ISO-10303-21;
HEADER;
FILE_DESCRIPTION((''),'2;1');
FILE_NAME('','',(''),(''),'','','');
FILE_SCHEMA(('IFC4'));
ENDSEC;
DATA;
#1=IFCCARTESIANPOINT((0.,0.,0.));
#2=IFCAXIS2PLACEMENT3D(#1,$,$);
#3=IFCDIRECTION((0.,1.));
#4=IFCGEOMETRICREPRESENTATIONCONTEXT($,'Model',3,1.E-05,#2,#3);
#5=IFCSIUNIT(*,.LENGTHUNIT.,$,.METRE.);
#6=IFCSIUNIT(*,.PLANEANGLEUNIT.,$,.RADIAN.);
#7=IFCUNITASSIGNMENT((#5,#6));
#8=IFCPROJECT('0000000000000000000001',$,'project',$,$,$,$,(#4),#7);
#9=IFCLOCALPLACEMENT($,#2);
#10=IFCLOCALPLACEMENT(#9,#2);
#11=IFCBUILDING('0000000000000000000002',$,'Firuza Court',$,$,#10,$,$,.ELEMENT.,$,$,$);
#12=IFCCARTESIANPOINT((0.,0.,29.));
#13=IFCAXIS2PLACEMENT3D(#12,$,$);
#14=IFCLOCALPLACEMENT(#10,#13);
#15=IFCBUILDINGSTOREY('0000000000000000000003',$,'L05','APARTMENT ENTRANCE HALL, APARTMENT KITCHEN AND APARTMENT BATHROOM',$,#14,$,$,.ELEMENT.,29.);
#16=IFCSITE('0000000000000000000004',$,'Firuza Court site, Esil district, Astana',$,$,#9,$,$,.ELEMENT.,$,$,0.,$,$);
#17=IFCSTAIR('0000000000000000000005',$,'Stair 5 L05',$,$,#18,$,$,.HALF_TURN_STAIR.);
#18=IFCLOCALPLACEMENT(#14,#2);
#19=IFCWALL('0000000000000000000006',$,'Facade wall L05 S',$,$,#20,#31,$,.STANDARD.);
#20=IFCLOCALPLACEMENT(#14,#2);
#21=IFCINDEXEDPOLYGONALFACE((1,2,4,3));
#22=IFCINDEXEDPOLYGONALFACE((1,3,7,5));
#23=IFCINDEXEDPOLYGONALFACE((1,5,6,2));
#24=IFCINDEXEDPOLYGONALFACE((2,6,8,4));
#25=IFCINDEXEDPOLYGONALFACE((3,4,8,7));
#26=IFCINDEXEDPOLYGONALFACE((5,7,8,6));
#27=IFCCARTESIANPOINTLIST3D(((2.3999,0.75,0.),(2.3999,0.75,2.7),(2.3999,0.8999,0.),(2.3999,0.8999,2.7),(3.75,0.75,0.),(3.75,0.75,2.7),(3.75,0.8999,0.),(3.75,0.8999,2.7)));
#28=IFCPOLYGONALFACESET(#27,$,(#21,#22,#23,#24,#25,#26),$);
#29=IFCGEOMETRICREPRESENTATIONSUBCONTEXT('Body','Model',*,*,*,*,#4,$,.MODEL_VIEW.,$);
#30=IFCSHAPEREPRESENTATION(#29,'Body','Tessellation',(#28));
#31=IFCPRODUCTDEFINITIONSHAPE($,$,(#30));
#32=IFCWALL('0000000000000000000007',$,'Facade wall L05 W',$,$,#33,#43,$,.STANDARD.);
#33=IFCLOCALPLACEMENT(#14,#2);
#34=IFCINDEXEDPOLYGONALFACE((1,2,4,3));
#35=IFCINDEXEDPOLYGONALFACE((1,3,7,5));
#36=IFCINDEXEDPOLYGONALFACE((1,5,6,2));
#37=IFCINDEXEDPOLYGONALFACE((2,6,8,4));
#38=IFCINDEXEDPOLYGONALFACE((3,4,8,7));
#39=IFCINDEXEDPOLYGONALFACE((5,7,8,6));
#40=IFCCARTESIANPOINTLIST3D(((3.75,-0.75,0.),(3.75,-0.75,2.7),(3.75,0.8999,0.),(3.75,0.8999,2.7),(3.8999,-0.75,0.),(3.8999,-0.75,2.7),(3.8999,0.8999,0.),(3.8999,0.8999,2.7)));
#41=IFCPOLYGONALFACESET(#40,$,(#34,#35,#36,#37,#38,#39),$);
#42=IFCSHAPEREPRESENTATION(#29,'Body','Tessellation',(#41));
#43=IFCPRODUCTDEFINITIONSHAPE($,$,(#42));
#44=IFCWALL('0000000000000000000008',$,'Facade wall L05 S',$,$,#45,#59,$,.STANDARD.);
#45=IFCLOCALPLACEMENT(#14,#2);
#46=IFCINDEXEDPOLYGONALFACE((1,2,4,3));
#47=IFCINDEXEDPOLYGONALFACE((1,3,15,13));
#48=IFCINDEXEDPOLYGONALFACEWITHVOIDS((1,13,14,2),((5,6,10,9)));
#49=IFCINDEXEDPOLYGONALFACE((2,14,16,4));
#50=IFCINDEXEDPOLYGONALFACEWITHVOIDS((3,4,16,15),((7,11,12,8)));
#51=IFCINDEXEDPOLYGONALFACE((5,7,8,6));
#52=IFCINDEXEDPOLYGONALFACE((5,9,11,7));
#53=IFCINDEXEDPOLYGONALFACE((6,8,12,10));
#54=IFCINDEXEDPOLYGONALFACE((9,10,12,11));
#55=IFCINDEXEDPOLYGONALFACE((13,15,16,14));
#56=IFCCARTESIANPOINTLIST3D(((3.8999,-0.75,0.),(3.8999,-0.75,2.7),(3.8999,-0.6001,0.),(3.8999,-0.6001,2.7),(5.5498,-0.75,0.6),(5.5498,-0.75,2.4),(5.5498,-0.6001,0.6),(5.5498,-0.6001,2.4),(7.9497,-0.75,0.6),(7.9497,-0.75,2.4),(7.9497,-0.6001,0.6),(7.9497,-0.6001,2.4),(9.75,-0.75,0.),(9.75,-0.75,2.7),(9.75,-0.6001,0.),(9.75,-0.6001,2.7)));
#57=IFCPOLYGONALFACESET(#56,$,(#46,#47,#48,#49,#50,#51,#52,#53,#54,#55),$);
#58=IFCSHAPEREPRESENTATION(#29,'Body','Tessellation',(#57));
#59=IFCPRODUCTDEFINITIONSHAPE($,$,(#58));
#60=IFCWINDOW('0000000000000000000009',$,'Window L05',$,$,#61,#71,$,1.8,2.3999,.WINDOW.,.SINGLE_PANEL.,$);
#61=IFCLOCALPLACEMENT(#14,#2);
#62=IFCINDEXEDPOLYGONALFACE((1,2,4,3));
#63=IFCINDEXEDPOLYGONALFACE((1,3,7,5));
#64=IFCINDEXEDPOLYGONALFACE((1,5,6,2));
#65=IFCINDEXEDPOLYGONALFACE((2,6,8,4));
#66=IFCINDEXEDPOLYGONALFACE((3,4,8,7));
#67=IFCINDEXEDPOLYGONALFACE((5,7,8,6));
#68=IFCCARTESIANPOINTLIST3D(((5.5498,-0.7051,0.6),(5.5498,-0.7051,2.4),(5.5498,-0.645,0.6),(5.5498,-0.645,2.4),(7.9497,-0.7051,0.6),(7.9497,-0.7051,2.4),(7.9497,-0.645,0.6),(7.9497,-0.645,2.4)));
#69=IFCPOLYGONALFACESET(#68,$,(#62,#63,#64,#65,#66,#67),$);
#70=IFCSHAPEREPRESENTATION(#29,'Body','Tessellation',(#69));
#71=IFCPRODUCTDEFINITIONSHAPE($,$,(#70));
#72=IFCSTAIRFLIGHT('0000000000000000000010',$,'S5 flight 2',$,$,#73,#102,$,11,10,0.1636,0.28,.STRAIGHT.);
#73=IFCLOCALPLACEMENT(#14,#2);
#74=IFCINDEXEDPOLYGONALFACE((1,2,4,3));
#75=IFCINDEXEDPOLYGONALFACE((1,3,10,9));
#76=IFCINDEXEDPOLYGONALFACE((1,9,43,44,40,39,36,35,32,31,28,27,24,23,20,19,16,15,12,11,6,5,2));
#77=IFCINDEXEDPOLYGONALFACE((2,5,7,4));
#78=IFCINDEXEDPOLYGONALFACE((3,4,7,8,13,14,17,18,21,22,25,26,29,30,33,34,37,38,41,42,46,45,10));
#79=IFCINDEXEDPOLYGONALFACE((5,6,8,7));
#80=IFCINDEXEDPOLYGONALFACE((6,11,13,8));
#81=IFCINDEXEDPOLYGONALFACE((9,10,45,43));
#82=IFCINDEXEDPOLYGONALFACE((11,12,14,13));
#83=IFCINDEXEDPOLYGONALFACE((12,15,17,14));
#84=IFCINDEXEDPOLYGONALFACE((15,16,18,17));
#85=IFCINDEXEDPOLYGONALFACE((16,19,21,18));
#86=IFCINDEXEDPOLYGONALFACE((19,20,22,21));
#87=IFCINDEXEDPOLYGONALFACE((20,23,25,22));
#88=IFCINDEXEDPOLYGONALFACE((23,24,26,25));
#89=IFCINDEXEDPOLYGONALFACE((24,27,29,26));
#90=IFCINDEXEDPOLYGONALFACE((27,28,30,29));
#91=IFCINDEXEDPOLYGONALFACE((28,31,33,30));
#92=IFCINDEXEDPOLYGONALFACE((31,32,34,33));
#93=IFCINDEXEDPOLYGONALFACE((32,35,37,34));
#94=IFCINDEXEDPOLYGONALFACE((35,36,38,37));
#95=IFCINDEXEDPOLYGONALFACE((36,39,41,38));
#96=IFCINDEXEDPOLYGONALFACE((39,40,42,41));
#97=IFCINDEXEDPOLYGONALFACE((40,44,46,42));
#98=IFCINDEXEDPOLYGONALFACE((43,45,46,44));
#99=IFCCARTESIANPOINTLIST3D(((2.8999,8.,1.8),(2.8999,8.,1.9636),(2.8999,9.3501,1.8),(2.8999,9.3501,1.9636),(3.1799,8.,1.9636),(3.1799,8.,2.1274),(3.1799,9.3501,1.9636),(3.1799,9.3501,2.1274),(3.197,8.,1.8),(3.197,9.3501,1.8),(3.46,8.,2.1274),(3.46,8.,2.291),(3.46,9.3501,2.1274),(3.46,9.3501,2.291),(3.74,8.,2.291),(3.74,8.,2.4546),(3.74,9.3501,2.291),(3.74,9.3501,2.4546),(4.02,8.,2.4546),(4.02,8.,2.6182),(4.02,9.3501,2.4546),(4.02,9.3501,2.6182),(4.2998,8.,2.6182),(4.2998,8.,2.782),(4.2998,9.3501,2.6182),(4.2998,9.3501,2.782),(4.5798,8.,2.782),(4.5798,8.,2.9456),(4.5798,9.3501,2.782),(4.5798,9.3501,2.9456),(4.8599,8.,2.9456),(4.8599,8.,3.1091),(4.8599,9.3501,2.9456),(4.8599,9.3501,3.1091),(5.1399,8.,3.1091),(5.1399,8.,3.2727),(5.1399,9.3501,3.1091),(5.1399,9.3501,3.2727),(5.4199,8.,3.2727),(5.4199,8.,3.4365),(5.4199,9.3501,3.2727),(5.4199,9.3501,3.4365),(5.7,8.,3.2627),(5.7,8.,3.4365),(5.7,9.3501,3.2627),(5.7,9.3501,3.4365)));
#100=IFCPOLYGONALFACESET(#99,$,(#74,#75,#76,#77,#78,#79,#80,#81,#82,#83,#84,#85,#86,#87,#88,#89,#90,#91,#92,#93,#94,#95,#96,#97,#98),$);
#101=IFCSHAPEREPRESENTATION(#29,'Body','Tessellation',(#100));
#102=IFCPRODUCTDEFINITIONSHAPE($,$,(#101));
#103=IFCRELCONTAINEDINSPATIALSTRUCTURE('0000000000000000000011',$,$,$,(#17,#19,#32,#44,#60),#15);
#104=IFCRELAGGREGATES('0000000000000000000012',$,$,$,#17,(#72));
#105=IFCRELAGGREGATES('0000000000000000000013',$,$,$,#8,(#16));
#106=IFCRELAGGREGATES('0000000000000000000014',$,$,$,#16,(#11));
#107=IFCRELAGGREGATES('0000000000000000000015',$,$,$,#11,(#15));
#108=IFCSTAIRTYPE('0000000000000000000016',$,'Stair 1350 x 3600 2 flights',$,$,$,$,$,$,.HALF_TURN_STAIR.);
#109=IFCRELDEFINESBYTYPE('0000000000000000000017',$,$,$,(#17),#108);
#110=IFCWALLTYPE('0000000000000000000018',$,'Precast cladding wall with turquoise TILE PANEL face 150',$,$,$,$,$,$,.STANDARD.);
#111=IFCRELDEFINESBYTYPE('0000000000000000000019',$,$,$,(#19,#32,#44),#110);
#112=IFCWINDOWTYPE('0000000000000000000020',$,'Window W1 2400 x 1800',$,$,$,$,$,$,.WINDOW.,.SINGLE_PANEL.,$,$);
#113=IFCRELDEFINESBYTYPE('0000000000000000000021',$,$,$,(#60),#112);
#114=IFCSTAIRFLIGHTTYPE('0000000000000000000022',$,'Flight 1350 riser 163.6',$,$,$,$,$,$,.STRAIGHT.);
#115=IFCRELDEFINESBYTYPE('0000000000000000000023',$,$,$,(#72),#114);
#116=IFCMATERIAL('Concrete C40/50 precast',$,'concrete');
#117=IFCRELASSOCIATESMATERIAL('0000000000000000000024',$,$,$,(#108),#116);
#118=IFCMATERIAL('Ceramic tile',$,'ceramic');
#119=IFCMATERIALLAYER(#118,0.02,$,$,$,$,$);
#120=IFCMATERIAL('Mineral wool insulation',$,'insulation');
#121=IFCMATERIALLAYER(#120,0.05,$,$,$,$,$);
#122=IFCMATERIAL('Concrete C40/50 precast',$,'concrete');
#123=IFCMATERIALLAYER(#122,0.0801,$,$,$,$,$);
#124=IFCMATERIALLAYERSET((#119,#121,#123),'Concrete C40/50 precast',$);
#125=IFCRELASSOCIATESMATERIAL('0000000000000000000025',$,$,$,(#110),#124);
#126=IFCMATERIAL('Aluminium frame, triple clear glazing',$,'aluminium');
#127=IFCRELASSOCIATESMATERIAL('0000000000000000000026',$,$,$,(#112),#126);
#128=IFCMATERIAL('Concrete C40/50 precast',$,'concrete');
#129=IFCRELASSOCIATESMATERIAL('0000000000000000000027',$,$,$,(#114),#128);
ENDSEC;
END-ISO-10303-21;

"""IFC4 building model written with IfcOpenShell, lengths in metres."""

from ifc_helpers import new_model, si_unit, direction, frame, frame_2d, origin, place, context, subcontext, project, spatial, polyline, rectangle, outline, extrude, material, layer, layer_set, type_object, element, fill, aggregate, save


model = new_model("IFC4")

# Units and contexts
model_context = context("Model", 3, precision=1e-05, world=origin(), true_north=direction((0.0, 1.0)))
body_context = subcontext(model_context, "Body", "Model", "MODEL_VIEW")
ifc_project = project(units=[si_unit("LENGTHUNIT", "METRE"), si_unit("PLANEANGLEUNIT", "RADIAN")], contexts=[model_context])

# Site, building, storey
site_placement = place(None, origin())
site = spatial("IfcSite", under=ifc_project, at=site_placement, Name="Firuza Court site, Esil district, Astana", CompositionType="ELEMENT", RefElevation=0.0)
building_placement = place(site_placement, origin())
building = spatial("IfcBuilding", under=site, at=building_placement, Name="Firuza Court", CompositionType="ELEMENT")
storey_placement = place(building_placement, frame((0.0, 0.0, 29.0)))
storey = spatial("IfcBuildingStorey", under=building, at=storey_placement, Name="L05", Description="APARTMENT ENTRANCE HALL, APARTMENT KITCHEN AND APARTMENT BATHROOM", CompositionType="ELEMENT", Elevation=29.0)

# Stair
ifc_material_1 = material(Name="Concrete C40/50 precast", Category="concrete")
stair_type = type_object("IfcStairType", Name="Stair 1350 x 3600 2 flights", PredefinedType="HALF_TURN_STAIR", material=ifc_material_1)
ifc_material_2 = material(Name="Concrete C40/50 precast", Category="concrete")
stair_1_placement = place(storey_placement, origin())
stair_1 = element("IfcStair", 1, at=stair_1_placement, inside=storey, type_object=stair_type, Name="Stair 5 L05", PredefinedType="HALF_TURN_STAIR")

# Walls
ifc_material_3 = material(Name="Ceramic tile", Category="ceramic")
ifc_layer_1 = layer(ifc_material_3, 0.02)
ifc_material_4 = material(Name="Mineral wool insulation", Category="insulation")
ifc_layer_2 = layer(ifc_material_4, 0.05)
ifc_layer_3 = layer(ifc_material_2, 0.0801)
ifc_layer_set_1 = layer_set([ifc_layer_1, ifc_layer_2, ifc_layer_3], Name="Concrete C40/50 precast")
wall_type_1 = type_object("IfcWallType", Name="Precast cladding wall with turquoise TILE PANEL face 150", PredefinedType="STANDARD", material=ifc_layer_set_1)
wall_1_placement = place(storey_placement, frame((2.3999, 0.825, 0.0), z_axis=(0.0, 0.0, 1.0), x_axis=(1.0, 0.0, 0.0)))
element("IfcWall", 2, at=wall_1_placement, inside=storey, type_object=wall_type_1, Name="Facade wall L05 S", PredefinedType="STANDARD", context=body_context, shape_type="SweptSolid", body=[
    extrude(rectangle(XDim=1.3501, YDim=0.1499, at=frame_2d((0.675, 0.0))), origin(), (0.0, 0.0, 1.0), 2.7),
])
wall_2_placement = place(storey_placement, frame((3.825, 0.8999, 0.0), z_axis=(0.0, 0.0, 1.0), x_axis=(0.0, -1.0, 0.0)))
element("IfcWall", 3, at=wall_2_placement, inside=storey, type_object=wall_type_1, Name="Facade wall L05 W", PredefinedType="STANDARD", context=body_context, shape_type="SweptSolid", body=[
    extrude(rectangle(XDim=1.6499, YDim=0.1499, at=frame_2d((0.825, 0.0))), origin(), (0.0, 0.0, 1.0), 2.7),
])

# Wall, opening, window
wall_3_placement = place(storey_placement, frame((3.8999, -0.675, 0.0), z_axis=(0.0, 0.0, 1.0), x_axis=(1.0, 0.0, 0.0)))
wall_3 = element("IfcWall", 4, at=wall_3_placement, inside=storey, type_object=wall_type_1, Name="Facade wall L05 S", PredefinedType="STANDARD", context=body_context, shape_type="SweptSolid", body=[
    extrude(rectangle(XDim=5.8501, YDim=0.1499, at=frame_2d((2.925, 0.0))), origin(), (0.0, 0.0, 1.0), 2.7),
])
opening_placement = place(wall_3_placement, frame((1.6499, 0.0, 0.6001)))
opening = element("IfcOpeningElement", 5, at=opening_placement, cuts=wall_3, PredefinedType="OPENING", context=body_context, shape_type="SweptSolid", body=[
    extrude(rectangle(XDim=2.3999, YDim=1.8, at=frame_2d((1.2, 0.8999))), frame((0.0, 0.0869, 0.0), z_axis=(0.0, -1.0, 0.0), x_axis=(1.0, 0.0, 0.0)), (0.0, 0.0, 1.0), 0.1738),
])
ifc_material_5 = material(Name="Aluminium frame, triple clear glazing", Category="aluminium")
window_type = type_object("IfcWindowType", Name="Window W1 2400 x 1800", PartitioningType="SINGLE_PANEL", PredefinedType="WINDOW", material=ifc_material_5)
window_placement = place(opening_placement, origin())
window = element("IfcWindow", 6, at=window_placement, inside=storey, type_object=window_type, Name="Window L05", OverallHeight=1.8, OverallWidth=2.3999, PartitioningType="SINGLE_PANEL", PredefinedType="WINDOW", context=body_context, shape_type="SweptSolid", body=[
    extrude(rectangle(XDim=2.3999, YDim=1.8, at=frame_2d((1.2, 0.8999))), frame((0.0, 0.03, 0.0), z_axis=(0.0, -1.0, 0.0), x_axis=(1.0, 0.0, 0.0)), (0.0, 0.0, 1.0), 0.0601),
])
fill(opening, window)

# Stair flight
ifc_material_6 = material(Name="Concrete C40/50 precast", Category="concrete")
stair_flight_type = type_object("IfcStairFlightType", Name="Flight 1350 riser 163.6", PredefinedType="STRAIGHT", material=ifc_material_6)
stair_flight_placement = place(storey_placement, frame((2.8999, 8.675, 1.8), z_axis=(0.0, 0.0, 1.0), x_axis=(1.0, 0.0, 0.0)))
stair_flight = element("IfcStairFlight", 7, at=stair_flight_placement, type_object=stair_flight_type, Name="S5 flight 2", NumberOfRisers=11, NumberOfTreads=10, PredefinedType="STRAIGHT", RiserHeight=0.1636, TreadLength=0.28, context=body_context, shape_type="SweptSolid", body=[
    extrude(outline(polyline([(0.0, 0.0), (0.0, 0.1636), (0.28, 0.1636), (0.28, 0.3274), (0.5601, 0.3274), (0.5601, 0.491), (0.8401, 0.491), (0.8401, 0.6545), (1.1201, 0.6545), (1.1201, 0.8181), (1.3999, 0.8181), (1.3999, 0.9819), (1.6799, 0.9819), (1.6799, 1.1455), (1.96, 1.1455), (1.96, 1.3091), (2.24, 1.3091), (2.24, 1.4727), (2.52, 1.4727), (2.52, 1.6365), (2.8, 1.6365), (2.8, 1.8), (2.8, 1.4626), (0.2971, 0.0), (0.0, 0.0)])), frame((0.0, 0.675, 0.0), z_axis=(0.0, -1.0, 0.0), x_axis=(1.0, 0.0, 0.0)), (0.0, 0.0, 1.0), 1.3501),
])
aggregate(stair_1, [stair_flight])

save(model, "model.ifc")
